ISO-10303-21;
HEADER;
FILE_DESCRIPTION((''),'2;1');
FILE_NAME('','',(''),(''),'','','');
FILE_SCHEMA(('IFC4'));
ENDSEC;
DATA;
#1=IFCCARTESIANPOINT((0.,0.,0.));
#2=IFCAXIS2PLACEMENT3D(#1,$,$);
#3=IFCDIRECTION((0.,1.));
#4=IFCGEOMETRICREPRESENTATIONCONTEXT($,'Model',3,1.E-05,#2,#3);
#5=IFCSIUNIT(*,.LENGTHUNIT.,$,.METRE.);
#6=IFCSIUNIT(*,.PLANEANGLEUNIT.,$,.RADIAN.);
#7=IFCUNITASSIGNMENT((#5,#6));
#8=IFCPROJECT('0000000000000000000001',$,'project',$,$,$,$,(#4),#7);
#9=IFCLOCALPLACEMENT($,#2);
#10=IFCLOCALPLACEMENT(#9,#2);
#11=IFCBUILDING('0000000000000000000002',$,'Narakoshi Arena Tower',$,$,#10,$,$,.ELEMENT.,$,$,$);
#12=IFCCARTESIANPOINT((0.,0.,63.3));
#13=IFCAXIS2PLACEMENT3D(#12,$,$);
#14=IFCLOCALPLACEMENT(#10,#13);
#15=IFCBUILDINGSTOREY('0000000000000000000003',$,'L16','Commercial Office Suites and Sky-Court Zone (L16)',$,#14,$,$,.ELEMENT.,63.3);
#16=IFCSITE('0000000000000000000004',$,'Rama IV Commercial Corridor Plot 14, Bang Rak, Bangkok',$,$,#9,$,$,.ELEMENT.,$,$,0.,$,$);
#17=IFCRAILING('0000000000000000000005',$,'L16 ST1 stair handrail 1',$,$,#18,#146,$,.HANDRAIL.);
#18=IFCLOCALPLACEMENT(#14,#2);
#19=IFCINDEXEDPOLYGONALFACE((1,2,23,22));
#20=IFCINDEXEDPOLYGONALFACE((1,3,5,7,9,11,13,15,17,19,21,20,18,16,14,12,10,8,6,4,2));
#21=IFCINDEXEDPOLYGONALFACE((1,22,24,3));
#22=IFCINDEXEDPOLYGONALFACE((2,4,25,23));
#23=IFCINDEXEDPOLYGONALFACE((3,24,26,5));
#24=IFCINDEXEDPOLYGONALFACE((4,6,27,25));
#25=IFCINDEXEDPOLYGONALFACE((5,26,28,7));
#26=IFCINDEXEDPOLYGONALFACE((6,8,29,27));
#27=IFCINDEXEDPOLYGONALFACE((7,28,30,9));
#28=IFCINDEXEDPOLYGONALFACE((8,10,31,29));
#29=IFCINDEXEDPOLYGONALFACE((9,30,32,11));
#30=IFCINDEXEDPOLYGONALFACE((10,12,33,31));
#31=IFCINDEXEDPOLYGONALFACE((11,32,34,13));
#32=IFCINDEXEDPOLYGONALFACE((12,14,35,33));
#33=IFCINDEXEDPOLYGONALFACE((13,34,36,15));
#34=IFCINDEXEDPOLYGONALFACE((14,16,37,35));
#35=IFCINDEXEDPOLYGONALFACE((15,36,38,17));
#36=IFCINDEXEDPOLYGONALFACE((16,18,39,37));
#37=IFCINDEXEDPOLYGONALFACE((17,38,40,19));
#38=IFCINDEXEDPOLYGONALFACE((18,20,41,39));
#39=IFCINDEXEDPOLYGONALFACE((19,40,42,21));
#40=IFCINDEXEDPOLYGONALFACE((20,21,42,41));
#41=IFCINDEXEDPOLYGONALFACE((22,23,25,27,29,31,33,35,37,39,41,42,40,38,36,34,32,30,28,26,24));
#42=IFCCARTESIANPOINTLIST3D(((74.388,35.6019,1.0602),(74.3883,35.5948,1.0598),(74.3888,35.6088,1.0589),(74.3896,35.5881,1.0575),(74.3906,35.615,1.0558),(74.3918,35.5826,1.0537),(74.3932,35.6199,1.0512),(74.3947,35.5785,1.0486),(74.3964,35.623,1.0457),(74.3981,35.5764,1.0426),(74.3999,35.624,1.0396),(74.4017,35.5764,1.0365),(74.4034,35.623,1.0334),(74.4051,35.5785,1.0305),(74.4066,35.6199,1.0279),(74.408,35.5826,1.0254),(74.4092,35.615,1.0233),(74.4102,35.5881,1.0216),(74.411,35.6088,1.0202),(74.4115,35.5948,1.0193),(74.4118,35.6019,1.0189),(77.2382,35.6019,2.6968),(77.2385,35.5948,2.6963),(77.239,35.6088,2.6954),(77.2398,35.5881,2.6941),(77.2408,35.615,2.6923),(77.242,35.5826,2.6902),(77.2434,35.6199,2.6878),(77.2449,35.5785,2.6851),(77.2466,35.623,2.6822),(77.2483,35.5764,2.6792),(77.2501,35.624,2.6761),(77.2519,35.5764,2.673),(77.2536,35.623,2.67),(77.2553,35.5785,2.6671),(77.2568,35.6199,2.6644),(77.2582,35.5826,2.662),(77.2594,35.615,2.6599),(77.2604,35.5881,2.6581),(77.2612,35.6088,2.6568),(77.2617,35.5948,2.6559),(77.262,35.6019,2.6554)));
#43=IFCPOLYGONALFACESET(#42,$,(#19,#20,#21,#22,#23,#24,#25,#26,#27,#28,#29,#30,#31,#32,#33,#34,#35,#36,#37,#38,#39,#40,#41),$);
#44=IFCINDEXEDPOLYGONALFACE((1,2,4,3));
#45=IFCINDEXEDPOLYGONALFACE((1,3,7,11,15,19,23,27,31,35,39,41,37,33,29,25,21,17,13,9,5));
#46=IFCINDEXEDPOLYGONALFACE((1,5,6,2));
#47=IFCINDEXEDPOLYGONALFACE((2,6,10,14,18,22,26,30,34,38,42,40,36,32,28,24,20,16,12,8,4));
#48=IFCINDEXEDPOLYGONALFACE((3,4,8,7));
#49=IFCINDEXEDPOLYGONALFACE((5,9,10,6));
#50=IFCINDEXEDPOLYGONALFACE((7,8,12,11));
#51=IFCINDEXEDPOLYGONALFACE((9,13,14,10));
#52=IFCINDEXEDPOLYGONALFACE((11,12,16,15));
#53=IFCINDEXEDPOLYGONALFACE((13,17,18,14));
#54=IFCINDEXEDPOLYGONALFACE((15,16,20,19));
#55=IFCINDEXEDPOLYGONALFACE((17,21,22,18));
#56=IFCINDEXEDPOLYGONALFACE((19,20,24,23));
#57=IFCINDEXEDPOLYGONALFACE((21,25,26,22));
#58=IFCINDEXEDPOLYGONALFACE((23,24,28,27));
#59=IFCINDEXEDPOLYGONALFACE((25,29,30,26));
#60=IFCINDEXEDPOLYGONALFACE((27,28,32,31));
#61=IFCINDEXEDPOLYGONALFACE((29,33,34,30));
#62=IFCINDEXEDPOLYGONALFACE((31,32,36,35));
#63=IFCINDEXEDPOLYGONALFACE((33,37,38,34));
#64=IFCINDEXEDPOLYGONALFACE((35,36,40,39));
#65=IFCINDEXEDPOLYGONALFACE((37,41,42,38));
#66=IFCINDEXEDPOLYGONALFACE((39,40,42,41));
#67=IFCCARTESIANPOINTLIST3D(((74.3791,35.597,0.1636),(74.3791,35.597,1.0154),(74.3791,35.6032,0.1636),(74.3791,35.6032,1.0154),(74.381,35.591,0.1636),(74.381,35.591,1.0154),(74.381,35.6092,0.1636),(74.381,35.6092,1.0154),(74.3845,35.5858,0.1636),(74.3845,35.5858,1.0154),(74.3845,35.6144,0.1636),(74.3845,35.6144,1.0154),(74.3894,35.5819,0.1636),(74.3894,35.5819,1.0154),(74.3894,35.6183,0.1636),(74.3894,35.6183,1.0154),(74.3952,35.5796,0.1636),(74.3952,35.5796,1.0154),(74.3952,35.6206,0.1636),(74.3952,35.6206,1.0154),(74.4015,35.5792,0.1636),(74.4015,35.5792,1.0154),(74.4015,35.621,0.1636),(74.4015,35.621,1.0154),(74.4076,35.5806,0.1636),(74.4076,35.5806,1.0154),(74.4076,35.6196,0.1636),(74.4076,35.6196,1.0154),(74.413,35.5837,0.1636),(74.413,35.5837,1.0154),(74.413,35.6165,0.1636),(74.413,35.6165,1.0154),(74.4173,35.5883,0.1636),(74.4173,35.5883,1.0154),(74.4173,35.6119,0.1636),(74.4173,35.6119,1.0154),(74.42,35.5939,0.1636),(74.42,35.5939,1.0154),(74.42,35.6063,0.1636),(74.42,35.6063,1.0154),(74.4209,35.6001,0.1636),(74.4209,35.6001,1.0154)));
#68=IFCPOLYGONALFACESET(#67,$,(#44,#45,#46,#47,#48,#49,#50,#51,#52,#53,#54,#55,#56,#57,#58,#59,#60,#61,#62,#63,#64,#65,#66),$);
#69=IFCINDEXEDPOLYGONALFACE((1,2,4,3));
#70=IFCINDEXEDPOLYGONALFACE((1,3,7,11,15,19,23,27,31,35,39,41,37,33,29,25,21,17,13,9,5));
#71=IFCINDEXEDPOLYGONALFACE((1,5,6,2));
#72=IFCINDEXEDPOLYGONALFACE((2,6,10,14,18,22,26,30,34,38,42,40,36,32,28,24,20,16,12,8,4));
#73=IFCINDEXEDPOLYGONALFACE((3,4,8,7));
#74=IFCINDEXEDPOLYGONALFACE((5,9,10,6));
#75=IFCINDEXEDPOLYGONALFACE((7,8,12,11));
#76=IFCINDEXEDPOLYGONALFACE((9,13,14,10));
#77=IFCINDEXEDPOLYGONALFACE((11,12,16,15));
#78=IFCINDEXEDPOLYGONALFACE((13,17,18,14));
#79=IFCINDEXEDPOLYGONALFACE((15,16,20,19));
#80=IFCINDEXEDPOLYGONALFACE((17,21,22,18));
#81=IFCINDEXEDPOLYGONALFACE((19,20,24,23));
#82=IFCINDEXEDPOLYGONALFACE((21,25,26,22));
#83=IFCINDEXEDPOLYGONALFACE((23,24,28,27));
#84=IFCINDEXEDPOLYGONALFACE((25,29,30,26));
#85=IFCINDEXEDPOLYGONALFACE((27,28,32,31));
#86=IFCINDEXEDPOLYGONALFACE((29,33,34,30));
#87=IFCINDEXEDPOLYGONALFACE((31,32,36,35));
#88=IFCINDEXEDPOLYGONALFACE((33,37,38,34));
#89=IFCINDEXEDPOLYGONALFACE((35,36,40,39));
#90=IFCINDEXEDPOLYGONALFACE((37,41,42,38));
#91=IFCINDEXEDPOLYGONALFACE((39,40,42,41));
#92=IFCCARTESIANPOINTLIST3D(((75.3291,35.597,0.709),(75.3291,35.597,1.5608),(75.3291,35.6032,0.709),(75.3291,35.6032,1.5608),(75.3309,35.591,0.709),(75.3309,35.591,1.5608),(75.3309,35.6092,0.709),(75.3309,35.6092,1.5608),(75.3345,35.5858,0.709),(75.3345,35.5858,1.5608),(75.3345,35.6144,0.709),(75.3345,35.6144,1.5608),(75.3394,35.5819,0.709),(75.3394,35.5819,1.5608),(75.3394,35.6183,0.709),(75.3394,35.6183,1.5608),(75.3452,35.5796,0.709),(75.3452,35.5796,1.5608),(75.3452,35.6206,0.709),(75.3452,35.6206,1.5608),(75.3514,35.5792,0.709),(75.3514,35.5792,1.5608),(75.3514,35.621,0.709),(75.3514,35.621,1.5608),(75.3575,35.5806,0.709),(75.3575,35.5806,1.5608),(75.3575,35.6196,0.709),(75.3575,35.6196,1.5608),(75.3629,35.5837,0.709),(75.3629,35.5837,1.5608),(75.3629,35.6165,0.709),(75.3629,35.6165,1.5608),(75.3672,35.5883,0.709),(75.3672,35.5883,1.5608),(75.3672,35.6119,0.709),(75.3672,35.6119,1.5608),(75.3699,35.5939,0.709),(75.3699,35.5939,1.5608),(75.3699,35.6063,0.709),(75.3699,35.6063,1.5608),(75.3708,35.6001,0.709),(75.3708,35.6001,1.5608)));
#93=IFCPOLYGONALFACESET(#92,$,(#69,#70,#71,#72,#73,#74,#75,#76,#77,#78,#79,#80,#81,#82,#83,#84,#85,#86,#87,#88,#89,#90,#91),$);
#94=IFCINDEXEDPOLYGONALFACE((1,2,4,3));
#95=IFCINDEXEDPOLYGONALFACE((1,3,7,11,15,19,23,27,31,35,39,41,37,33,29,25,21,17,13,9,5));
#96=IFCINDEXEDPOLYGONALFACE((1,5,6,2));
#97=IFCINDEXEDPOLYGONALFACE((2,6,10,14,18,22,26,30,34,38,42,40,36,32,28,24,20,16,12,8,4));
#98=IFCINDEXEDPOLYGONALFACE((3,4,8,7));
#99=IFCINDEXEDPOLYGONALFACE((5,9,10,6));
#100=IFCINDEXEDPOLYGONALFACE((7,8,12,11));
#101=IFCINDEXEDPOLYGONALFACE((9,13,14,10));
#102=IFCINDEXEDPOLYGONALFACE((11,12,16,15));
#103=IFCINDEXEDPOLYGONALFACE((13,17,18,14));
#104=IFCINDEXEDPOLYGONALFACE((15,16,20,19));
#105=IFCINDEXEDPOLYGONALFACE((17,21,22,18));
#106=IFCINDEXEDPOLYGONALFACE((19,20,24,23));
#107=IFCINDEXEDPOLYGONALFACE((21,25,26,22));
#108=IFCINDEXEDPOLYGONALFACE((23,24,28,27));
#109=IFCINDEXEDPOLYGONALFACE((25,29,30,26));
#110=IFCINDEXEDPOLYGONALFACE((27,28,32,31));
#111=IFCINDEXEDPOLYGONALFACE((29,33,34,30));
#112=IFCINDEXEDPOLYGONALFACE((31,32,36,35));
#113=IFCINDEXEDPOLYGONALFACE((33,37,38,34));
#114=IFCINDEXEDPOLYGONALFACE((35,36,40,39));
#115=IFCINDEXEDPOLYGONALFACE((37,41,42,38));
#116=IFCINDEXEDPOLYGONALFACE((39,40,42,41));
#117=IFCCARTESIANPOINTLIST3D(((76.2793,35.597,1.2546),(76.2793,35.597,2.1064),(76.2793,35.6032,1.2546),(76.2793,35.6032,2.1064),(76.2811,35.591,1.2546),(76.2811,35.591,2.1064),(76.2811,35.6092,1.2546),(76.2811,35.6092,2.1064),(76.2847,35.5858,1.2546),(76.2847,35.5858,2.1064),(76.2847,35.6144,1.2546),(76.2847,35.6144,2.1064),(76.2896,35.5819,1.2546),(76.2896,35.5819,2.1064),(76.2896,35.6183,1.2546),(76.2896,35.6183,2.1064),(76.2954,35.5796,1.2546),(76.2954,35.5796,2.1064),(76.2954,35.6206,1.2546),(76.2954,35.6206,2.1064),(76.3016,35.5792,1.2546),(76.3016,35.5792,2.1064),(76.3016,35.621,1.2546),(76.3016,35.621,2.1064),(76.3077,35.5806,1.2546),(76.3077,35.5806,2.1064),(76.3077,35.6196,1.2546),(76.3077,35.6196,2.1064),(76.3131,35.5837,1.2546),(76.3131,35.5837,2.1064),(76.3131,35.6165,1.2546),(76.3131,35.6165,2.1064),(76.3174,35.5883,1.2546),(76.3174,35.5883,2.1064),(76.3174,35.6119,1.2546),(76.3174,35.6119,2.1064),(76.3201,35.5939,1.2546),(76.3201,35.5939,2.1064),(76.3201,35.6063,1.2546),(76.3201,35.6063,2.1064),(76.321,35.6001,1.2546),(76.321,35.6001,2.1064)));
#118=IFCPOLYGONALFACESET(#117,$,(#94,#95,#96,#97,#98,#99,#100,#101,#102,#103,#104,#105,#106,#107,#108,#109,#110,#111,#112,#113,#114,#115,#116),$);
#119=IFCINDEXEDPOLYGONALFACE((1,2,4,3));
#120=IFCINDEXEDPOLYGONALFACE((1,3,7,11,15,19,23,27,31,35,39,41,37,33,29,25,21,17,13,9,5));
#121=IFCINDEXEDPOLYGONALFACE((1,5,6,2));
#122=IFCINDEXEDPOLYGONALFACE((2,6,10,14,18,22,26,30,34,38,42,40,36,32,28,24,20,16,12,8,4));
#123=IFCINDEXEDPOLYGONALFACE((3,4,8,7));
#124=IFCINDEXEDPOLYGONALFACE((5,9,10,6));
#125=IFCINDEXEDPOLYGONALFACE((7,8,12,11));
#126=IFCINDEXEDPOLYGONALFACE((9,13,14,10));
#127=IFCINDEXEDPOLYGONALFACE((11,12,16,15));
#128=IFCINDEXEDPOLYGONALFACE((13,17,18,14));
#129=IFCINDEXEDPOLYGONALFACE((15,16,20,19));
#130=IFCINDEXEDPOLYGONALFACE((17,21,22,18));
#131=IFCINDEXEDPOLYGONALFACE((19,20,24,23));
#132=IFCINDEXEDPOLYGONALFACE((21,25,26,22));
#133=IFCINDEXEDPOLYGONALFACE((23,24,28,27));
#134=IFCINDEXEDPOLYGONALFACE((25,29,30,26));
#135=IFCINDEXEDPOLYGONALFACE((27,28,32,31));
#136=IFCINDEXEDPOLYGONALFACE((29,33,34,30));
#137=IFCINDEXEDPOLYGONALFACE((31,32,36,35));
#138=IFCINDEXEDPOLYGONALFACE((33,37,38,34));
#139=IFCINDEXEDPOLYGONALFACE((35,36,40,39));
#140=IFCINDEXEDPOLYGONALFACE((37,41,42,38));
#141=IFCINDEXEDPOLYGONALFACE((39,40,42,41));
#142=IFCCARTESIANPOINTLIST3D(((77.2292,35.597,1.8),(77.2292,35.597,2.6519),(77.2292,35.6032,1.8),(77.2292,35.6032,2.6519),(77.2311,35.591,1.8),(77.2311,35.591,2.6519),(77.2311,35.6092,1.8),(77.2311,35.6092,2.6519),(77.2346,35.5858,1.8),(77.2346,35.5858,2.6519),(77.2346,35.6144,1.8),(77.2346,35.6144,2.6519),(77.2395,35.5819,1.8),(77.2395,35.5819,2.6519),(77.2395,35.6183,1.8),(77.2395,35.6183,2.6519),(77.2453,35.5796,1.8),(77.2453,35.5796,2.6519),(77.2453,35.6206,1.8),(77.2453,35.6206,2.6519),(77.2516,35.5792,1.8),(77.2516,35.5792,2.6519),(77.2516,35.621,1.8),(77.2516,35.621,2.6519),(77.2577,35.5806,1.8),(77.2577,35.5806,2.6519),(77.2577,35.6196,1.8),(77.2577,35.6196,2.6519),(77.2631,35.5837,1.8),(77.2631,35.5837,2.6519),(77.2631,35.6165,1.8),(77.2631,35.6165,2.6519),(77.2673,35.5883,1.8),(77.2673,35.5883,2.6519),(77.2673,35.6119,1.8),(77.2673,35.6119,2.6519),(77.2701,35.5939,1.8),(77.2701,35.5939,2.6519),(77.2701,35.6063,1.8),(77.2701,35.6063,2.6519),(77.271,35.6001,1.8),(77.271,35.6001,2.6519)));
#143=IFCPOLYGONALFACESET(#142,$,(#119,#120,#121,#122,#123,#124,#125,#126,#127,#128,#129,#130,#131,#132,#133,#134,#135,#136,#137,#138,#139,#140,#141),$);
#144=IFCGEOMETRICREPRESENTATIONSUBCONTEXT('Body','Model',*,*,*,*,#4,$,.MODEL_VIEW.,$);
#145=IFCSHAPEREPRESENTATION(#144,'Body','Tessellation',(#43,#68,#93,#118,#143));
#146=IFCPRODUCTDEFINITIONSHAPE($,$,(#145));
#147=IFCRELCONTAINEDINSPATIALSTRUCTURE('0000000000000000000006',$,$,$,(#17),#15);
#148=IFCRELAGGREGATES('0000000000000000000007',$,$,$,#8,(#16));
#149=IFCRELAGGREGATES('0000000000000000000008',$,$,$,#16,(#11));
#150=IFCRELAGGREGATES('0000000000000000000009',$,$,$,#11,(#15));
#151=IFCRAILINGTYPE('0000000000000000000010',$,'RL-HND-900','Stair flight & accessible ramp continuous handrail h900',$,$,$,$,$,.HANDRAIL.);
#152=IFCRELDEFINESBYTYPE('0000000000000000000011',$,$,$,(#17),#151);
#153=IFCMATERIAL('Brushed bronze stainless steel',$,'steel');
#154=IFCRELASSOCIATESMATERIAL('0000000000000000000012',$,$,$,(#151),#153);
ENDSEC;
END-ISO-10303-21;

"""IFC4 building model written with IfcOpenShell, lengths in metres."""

from ifc_helpers import new_model, si_unit, direction, frame, origin, origin_2d, place, context, subcontext, project, spatial, circle, extrude, material, type_object, element, save


model = new_model("IFC4")

# Units and contexts
model_context = context("Model", 3, precision=1e-05, world=origin(), true_north=direction((0.0, 1.0)))
body_context = subcontext(model_context, "Body", "Model", "MODEL_VIEW")
ifc_project = project(units=[si_unit("LENGTHUNIT", "METRE"), si_unit("PLANEANGLEUNIT", "RADIAN")], contexts=[model_context])

# Site, building, storey
site_placement = place(None, origin())
site = spatial("IfcSite", under=ifc_project, at=site_placement, Name="Rama IV Commercial Corridor Plot 14, Bang Rak, Bangkok", CompositionType="ELEMENT", RefElevation=0.0)
building_placement = place(site_placement, origin())
building = spatial("IfcBuilding", under=site, at=building_placement, Name="Narakoshi Arena Tower", CompositionType="ELEMENT")
storey_placement = place(building_placement, frame((0.0, 0.0, 63.3)))
storey = spatial("IfcBuildingStorey", under=building, at=storey_placement, Name="L16", Description="Commercial Office Suites and Sky-Court Zone (L16)", CompositionType="ELEMENT", Elevation=63.3)

# Railing
ifc_material_1 = material(Name="Brushed bronze stainless steel", Category="steel")
railing_type_1 = type_object("IfcRailingType", Name="RL-HND-900", Description="Stair flight & accessible ramp continuous handrail h900", PredefinedType="HANDRAIL", material=ifc_material_1)
railing_1_placement = place(storey_placement, frame((74.3999, 35.6001, 0.1636)))
element("IfcRailing", 1, at=railing_1_placement, inside=storey, type_object=railing_type_1, Name="L16 ST1 stair handrail 1", PredefinedType="HANDRAIL", context=body_context, shape_type="SweptSolid", body=[
    extrude(circle(Radius=0.0239, at=origin_2d()), frame((0.0, 0.0, 0.876), z_axis=(0.867213, 0.0, 0.497938), x_axis=(0.0, 1.0, 0.0)), (0.0, 0.0, 1.0), 3.2866),
    extrude(circle(Radius=0.021, at=origin_2d()), origin(), (0.0, 0.0, 1.0), 0.8518),
    extrude(circle(Radius=0.021, at=origin_2d()), frame((0.95, 0.0, 0.5454)), (0.0, 0.0, 1.0), 0.8518),
    extrude(circle(Radius=0.021, at=origin_2d()), frame((1.9001, 0.0, 1.0911)), (0.0, 0.0, 1.0), 0.8518),
    extrude(circle(Radius=0.021, at=origin_2d()), frame((2.8501, 0.0, 1.6365)), (0.0, 0.0, 1.0), 0.8518),
])

save(model, "model.ifc")
